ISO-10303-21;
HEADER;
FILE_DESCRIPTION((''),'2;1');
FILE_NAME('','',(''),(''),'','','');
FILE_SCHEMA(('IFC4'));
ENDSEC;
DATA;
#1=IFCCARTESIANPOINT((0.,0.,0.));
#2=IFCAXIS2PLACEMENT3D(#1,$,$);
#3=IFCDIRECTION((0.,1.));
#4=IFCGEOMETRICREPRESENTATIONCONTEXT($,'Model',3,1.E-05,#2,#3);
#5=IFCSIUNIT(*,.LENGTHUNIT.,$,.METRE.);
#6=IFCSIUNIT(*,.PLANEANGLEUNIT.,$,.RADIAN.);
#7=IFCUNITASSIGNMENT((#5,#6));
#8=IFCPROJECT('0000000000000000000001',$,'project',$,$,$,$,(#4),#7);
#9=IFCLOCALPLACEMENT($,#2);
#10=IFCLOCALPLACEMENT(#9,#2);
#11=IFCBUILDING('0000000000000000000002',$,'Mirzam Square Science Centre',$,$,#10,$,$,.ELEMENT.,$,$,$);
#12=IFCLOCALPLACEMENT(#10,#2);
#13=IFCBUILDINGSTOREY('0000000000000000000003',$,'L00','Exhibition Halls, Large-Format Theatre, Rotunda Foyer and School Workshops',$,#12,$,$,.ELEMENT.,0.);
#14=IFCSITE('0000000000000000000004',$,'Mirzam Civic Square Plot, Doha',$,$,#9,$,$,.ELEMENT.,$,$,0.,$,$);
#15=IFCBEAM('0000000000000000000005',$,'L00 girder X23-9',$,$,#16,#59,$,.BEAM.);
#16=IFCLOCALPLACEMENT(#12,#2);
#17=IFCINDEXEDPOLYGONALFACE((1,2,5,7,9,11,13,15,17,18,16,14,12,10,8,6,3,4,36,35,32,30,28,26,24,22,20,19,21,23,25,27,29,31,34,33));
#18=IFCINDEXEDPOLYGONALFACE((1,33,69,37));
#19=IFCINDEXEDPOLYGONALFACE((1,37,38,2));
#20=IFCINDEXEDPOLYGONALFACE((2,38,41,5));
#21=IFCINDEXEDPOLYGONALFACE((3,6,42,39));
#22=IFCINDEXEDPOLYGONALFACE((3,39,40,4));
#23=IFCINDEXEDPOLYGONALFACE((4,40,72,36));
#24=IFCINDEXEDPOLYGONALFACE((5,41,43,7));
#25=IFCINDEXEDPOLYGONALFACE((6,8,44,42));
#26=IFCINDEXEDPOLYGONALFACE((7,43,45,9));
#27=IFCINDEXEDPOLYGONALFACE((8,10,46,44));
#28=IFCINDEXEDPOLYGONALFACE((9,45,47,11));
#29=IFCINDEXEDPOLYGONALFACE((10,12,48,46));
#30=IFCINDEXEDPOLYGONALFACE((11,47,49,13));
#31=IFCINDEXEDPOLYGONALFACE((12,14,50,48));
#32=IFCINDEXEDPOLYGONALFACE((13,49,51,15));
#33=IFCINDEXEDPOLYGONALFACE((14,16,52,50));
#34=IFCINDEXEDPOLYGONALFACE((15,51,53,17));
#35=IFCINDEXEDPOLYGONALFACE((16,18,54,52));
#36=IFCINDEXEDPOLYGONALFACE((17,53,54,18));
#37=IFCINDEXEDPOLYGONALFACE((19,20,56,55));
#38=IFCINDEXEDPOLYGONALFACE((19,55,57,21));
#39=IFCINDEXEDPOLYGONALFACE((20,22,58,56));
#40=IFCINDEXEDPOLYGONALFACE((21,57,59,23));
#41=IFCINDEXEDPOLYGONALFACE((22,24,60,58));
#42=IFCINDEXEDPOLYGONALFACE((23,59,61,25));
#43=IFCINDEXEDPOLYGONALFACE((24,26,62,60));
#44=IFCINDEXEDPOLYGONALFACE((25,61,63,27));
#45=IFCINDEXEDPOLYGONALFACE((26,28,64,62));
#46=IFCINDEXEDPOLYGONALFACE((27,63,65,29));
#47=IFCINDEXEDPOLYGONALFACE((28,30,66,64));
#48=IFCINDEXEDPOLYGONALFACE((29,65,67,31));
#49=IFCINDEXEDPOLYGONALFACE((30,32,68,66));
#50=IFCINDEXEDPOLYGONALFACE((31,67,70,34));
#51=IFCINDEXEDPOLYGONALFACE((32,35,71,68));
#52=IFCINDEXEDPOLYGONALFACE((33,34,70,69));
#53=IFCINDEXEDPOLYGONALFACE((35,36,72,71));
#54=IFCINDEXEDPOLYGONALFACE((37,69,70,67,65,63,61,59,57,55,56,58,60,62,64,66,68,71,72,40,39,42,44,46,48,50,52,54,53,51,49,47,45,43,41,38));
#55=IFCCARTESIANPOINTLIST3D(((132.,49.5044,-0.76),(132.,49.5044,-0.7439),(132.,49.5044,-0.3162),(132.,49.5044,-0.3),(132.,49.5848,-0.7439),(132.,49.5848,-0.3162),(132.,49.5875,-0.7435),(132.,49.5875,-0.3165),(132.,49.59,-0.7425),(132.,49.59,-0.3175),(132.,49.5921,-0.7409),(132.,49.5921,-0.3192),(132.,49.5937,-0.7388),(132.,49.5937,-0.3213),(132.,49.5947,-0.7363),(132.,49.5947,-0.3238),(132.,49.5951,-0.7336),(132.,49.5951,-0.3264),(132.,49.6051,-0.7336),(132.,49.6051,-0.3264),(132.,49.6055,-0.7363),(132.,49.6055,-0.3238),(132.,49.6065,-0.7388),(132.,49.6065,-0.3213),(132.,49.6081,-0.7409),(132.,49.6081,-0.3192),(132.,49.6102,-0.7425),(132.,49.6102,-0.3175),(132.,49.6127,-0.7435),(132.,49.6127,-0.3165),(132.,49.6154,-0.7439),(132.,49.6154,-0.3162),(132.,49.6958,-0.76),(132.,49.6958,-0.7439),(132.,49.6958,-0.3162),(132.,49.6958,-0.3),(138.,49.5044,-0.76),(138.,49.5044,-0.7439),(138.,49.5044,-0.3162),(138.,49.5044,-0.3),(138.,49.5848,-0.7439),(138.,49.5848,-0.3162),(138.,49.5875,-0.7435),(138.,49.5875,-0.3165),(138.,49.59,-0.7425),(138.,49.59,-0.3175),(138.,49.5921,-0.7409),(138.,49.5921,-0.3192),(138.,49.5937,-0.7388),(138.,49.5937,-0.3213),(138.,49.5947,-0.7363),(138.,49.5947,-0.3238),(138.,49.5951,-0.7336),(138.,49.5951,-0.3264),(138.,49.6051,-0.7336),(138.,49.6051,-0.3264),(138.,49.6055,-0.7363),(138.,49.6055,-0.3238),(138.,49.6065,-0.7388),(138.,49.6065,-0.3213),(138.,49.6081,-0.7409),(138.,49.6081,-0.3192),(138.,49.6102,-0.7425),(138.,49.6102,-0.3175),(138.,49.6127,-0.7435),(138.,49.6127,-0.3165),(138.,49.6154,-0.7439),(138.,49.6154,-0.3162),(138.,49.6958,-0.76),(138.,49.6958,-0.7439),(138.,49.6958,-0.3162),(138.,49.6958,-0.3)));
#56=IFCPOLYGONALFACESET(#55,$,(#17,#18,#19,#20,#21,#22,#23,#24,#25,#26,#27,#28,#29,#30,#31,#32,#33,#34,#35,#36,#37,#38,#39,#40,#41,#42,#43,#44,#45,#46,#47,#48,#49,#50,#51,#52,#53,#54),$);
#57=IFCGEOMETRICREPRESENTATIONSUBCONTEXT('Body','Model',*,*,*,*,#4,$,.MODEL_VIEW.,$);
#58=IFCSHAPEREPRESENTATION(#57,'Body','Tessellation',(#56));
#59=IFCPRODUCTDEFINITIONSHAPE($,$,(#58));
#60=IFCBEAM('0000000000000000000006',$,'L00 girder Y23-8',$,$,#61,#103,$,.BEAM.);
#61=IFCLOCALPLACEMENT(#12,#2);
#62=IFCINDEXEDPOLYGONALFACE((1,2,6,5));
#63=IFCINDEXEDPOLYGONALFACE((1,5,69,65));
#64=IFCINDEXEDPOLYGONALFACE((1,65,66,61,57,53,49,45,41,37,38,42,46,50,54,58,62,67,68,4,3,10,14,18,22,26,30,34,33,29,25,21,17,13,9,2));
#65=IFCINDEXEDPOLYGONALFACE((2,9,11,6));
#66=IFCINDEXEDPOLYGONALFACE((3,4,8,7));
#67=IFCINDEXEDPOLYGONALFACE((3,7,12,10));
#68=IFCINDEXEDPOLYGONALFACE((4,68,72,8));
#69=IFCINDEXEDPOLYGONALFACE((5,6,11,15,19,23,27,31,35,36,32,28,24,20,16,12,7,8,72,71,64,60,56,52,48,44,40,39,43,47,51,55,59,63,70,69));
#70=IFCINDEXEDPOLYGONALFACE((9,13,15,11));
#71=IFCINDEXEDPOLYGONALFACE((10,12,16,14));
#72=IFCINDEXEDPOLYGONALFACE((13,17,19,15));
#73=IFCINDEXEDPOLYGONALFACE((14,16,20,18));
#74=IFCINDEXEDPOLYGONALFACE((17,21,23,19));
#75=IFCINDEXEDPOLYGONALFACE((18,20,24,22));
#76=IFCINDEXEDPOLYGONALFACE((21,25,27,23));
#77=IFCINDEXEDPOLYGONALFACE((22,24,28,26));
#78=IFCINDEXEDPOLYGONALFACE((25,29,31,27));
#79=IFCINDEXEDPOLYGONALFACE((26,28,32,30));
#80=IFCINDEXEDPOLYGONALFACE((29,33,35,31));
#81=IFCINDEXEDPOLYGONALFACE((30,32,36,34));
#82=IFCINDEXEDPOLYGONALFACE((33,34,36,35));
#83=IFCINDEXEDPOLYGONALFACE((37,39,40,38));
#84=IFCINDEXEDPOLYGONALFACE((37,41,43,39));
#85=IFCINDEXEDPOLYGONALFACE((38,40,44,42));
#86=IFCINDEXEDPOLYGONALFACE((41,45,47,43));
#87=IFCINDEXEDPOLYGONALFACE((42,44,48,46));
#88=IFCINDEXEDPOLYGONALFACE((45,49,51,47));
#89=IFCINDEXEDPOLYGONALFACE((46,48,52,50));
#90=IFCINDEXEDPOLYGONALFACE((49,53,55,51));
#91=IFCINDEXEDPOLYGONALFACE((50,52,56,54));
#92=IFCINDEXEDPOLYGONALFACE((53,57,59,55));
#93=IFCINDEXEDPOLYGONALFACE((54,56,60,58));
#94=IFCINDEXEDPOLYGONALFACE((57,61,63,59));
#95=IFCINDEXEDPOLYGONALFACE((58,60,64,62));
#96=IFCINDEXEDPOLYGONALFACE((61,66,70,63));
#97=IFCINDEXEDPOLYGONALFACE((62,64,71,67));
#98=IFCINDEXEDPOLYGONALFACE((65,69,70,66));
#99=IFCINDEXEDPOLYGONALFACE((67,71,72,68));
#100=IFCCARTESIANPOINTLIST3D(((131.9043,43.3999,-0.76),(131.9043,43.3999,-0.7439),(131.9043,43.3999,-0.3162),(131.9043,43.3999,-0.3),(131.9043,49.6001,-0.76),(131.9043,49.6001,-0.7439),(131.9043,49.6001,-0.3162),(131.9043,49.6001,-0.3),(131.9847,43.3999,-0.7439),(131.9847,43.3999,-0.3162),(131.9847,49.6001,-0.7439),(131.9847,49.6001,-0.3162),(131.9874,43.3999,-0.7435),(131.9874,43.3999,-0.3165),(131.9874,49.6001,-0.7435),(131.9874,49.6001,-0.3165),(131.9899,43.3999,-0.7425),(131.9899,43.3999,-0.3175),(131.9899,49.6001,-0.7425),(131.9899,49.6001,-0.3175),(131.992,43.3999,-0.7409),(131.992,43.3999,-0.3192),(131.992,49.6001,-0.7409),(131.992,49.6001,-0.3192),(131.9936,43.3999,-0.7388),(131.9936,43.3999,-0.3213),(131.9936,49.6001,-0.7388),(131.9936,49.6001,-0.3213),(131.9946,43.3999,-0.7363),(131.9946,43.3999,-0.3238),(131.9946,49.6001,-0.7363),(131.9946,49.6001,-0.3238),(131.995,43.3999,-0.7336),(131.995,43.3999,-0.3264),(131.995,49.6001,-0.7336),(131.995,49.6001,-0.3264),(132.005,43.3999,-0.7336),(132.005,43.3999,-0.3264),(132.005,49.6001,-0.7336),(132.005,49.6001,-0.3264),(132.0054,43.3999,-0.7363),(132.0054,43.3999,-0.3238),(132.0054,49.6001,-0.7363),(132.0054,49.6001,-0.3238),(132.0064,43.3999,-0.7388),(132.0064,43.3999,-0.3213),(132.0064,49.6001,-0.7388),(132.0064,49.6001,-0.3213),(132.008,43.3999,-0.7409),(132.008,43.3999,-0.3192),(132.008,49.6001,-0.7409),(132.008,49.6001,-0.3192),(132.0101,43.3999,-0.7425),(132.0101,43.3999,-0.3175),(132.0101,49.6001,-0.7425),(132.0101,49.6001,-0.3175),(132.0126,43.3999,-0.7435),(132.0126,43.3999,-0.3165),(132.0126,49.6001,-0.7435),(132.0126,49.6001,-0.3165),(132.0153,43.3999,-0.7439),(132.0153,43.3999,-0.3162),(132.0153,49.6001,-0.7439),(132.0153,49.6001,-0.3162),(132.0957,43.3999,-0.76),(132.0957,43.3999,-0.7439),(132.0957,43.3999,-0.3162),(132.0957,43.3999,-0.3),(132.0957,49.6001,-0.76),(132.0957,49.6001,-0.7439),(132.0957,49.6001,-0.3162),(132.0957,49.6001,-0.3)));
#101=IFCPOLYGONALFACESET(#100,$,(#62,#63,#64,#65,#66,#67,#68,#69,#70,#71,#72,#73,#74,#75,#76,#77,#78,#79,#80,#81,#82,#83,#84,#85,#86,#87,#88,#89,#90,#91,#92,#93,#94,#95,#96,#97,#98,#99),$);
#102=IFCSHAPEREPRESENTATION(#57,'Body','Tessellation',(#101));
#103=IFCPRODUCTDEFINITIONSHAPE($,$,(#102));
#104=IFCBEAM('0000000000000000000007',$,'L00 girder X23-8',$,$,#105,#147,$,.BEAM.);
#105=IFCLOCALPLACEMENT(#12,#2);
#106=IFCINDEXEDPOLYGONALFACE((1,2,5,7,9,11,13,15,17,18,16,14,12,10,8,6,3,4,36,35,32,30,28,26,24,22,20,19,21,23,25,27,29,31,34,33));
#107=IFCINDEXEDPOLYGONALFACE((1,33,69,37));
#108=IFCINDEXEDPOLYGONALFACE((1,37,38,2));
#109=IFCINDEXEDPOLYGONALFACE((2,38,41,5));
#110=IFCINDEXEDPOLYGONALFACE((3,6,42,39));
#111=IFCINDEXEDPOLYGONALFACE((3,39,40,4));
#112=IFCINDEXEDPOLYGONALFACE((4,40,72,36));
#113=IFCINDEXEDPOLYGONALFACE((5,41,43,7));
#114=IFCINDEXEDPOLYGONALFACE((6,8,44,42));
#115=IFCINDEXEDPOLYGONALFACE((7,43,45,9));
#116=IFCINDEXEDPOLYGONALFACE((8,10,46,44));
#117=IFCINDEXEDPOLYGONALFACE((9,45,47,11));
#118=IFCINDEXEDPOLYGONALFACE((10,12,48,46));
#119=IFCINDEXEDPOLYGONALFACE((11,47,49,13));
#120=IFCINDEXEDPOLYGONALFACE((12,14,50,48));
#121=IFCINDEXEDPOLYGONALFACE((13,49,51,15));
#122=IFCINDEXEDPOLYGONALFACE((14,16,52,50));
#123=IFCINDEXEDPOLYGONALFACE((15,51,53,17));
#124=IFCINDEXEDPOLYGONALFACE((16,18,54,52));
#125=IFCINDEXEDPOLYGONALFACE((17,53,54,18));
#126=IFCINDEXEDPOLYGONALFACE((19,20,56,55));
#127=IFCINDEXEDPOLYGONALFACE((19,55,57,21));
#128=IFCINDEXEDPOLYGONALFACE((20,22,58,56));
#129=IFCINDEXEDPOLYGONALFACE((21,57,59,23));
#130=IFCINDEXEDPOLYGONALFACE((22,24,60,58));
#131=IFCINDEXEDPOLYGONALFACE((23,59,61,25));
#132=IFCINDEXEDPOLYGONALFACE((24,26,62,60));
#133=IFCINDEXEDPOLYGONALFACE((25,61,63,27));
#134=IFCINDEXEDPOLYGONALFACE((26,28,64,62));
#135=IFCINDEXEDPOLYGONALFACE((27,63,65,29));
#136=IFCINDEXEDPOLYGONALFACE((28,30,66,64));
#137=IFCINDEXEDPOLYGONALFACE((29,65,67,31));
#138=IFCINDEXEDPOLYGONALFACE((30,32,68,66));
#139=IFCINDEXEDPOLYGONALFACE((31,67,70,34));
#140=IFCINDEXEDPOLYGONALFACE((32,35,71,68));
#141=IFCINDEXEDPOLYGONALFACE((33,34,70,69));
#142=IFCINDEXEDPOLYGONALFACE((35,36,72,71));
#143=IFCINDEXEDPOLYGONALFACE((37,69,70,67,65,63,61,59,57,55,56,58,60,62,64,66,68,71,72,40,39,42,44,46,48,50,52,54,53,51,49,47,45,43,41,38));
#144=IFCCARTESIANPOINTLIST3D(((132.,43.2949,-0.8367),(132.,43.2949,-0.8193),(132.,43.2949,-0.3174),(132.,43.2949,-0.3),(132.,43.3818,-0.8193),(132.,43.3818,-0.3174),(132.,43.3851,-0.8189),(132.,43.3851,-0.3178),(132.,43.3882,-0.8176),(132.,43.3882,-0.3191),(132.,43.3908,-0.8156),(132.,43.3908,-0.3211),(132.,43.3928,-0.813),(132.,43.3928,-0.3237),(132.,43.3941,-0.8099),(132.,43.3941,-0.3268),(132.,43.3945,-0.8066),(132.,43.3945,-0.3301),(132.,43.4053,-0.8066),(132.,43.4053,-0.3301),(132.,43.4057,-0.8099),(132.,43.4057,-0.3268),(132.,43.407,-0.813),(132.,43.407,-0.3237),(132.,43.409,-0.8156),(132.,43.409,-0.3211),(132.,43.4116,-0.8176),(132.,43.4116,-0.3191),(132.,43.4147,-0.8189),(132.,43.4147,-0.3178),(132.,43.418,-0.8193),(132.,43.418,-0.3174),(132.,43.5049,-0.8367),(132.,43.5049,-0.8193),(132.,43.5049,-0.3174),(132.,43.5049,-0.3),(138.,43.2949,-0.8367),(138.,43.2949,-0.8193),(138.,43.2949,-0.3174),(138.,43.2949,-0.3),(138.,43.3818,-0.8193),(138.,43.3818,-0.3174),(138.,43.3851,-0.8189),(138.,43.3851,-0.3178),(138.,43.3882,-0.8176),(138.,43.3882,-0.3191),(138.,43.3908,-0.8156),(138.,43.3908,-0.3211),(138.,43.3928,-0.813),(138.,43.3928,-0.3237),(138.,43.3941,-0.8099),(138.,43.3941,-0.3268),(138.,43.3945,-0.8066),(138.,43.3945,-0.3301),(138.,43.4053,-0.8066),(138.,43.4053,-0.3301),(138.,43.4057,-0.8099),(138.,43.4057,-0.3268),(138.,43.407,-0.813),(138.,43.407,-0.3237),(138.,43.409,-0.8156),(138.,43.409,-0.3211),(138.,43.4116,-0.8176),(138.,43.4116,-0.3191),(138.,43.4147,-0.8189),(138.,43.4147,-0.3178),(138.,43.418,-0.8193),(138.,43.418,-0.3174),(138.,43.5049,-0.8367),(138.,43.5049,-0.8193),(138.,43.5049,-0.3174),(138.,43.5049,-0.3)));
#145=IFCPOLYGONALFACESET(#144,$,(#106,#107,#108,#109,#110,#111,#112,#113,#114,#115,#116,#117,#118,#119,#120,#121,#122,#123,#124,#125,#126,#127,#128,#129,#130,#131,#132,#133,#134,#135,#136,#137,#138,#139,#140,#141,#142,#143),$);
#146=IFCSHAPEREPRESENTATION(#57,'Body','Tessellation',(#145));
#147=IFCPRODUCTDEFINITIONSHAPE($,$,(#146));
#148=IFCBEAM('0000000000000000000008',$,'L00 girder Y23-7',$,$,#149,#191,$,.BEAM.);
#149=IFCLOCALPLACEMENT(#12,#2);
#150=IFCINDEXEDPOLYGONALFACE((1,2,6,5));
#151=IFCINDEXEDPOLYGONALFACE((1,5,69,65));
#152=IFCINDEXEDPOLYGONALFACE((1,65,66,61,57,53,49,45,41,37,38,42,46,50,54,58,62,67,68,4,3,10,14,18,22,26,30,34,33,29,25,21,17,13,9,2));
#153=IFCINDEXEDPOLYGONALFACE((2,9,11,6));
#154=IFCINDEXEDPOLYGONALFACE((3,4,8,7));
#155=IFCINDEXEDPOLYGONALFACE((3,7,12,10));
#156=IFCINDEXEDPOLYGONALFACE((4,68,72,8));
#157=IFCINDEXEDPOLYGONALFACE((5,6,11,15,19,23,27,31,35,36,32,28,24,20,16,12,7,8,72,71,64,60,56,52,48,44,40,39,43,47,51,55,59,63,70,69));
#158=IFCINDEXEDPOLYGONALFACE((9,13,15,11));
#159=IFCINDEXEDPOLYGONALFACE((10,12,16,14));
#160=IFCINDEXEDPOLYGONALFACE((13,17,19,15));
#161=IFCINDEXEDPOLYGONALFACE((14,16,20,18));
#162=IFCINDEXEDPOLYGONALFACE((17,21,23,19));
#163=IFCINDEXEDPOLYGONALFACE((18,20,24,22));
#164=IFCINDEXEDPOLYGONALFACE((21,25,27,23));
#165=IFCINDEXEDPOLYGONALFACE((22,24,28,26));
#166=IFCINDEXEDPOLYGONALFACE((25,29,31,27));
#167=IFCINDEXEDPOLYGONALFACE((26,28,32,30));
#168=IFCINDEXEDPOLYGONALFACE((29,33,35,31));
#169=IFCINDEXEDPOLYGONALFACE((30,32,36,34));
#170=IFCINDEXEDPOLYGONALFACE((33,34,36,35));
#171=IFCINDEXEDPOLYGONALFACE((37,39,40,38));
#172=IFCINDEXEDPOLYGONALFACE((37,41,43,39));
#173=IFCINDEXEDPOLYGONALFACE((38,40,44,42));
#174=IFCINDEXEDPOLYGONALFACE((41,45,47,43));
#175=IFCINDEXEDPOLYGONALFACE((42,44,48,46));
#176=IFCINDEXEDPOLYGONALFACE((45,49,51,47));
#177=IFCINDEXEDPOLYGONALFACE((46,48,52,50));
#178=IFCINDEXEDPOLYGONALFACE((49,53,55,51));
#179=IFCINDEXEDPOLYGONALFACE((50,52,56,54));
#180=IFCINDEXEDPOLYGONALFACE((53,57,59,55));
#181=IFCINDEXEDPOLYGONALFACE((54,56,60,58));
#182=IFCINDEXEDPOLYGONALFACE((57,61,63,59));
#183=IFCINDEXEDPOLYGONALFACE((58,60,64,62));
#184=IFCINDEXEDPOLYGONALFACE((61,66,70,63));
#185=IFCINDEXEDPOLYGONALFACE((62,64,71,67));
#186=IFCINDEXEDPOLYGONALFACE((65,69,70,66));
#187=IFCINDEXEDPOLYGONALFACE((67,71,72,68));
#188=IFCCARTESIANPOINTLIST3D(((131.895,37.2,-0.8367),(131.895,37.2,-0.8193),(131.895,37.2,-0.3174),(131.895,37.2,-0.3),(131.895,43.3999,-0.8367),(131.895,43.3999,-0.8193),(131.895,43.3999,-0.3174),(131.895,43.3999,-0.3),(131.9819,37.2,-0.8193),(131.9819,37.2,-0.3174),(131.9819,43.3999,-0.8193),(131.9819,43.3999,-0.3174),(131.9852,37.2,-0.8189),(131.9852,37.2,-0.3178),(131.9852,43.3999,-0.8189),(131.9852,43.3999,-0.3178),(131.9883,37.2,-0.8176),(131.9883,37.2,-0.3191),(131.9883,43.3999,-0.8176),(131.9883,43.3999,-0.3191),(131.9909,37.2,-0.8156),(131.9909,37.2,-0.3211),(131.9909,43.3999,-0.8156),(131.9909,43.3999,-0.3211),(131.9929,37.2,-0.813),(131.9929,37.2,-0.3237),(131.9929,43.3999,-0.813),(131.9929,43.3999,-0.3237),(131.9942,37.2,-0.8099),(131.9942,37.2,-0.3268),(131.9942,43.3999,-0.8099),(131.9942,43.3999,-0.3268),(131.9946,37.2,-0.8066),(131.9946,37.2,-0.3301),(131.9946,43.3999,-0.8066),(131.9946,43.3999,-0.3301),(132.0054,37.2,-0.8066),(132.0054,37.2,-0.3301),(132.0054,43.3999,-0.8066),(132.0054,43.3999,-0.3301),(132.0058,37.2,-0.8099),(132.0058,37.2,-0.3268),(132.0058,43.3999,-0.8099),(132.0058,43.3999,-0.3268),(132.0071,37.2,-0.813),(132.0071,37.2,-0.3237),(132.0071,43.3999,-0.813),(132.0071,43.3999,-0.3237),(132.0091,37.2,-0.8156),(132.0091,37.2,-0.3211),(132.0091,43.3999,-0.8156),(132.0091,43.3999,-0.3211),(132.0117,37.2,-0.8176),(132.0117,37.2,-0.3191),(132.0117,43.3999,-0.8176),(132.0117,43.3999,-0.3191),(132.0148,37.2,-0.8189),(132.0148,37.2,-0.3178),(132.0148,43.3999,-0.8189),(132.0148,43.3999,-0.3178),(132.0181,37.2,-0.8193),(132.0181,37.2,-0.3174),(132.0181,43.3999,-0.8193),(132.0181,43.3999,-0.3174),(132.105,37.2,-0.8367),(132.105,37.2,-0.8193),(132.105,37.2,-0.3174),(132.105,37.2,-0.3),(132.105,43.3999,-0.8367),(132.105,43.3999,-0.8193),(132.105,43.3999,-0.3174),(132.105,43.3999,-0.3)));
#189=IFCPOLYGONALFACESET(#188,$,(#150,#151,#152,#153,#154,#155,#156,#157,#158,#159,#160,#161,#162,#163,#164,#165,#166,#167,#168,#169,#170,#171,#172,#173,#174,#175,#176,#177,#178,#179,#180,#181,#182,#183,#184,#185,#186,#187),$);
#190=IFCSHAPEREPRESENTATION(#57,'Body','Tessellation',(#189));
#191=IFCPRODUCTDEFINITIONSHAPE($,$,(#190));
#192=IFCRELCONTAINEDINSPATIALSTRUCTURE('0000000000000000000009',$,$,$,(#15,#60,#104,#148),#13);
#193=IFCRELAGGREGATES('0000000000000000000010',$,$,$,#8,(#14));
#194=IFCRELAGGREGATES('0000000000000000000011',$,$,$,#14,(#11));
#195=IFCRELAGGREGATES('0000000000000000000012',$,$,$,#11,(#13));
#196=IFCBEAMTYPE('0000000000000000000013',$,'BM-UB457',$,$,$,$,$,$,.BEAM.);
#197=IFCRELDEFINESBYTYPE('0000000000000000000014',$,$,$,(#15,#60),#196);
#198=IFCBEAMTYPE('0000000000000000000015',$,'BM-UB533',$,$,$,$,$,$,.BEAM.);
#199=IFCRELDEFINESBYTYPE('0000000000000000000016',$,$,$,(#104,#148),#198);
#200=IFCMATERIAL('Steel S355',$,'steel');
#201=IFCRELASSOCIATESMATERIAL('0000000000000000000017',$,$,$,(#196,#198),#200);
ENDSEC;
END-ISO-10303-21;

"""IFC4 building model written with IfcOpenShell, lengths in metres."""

from ifc_helpers import new_model, si_unit, direction, frame, origin, origin_2d, place, context, subcontext, project, spatial, i_section, extrude, material, material_profile, profile_set, type_object, element, save


model = new_model("IFC4")

# Units and contexts
model_context = context("Model", 3, precision=1e-05, world=origin(), true_north=direction((0.0, 1.0)))
body_context = subcontext(model_context, "Body", "Model", "MODEL_VIEW")
ifc_project = project(units=[si_unit("LENGTHUNIT", "METRE"), si_unit("PLANEANGLEUNIT", "RADIAN")], contexts=[model_context])

# Site, building, storey
site_placement = place(None, origin())
site = spatial("IfcSite", under=ifc_project, at=site_placement, Name="Mirzam Civic Square Plot, Doha", CompositionType="ELEMENT", RefElevation=0.0)
building_placement = place(site_placement, origin())
building = spatial("IfcBuilding", under=site, at=building_placement, Name="Mirzam Square Science Centre", CompositionType="ELEMENT")
storey_placement = place(building_placement, origin())
storey = spatial("IfcBuildingStorey", under=building, at=storey_placement, Name="L00", Description="Exhibition Halls, Large-Format Theatre, Rotunda Foyer and School Workshops", CompositionType="ELEMENT", Elevation=0.0)

# Shared definitions
ifc_material_1 = material(Name="Steel S355", Category="steel")

# Beams
ifc_material_profile_1 = material_profile(ifc_material_1, i_section(OverallWidth=0.1914, OverallDepth=0.46, WebThickness=0.01, FlangeThickness=0.0161, FilletRadius=0.0103, at=origin_2d()), Name="457x191x82UB")
ifc_profile_set_1 = profile_set([ifc_material_profile_1], Name="Steel S355")
beam_type_1 = type_object("IfcBeamType", Name="BM-UB457", PredefinedType="BEAM", material=ifc_profile_set_1)
beam_1_placement = place(storey_placement, frame((132.0, 49.6001, -0.53), z_axis=(1.0, 0.0, 0.0), x_axis=(0.0, 1.0, 0.0)))
element("IfcBeam", 1, at=beam_1_placement, inside=storey, type_object=beam_type_1, Name="L00 girder X23-9", PredefinedType="BEAM", context=body_context, shape_type="SweptSolid", body=[
    extrude(i_section(OverallWidth=0.1914, OverallDepth=0.46, WebThickness=0.01, FlangeThickness=0.0161, FilletRadius=0.0103, at=origin_2d()), origin(), (0.0, 0.0, 1.0), 6.0),
])
beam_2_placement = place(storey_placement, frame((132.0, 43.3999, -0.53), z_axis=(0.0, 1.0, 0.0), x_axis=(-1.0, 0.0, 0.0)))
element("IfcBeam", 2, at=beam_2_placement, inside=storey, type_object=beam_type_1, Name="L00 girder Y23-8", PredefinedType="BEAM", context=body_context, shape_type="SweptSolid", body=[
    extrude(i_section(OverallWidth=0.1914, OverallDepth=0.46, WebThickness=0.01, FlangeThickness=0.0161, FilletRadius=0.0103, at=origin_2d()), origin(), (0.0, 0.0, 1.0), 6.2002),
])
ifc_material_profile_2 = material_profile(ifc_material_1, i_section(OverallWidth=0.21, OverallDepth=0.5366, WebThickness=0.0107, FlangeThickness=0.0173, FilletRadius=0.0127, at=origin_2d()), Name="533x210x101UB")
ifc_profile_set_2 = profile_set([ifc_material_profile_2], Name="Steel S355")
beam_type_2 = type_object("IfcBeamType", Name="BM-UB533", PredefinedType="BEAM", material=ifc_profile_set_2)
beam_3_placement = place(storey_placement, frame((132.0, 43.3999, -0.5684), z_axis=(1.0, 0.0, 0.0), x_axis=(0.0, 1.0, 0.0)))
element("IfcBeam", 3, at=beam_3_placement, inside=storey, type_object=beam_type_2, Name="L00 girder X23-8", PredefinedType="BEAM", context=body_context, shape_type="SweptSolid", body=[
    extrude(i_section(OverallWidth=0.21, OverallDepth=0.5366, WebThickness=0.0107, FlangeThickness=0.0173, FilletRadius=0.0127, at=origin_2d()), origin(), (0.0, 0.0, 1.0), 6.0),
])
beam_4_placement = place(storey_placement, frame((132.0, 37.2, -0.5684), z_axis=(0.0, 1.0, 0.0), x_axis=(-1.0, 0.0, 0.0)))
element("IfcBeam", 4, at=beam_4_placement, inside=storey, type_object=beam_type_2, Name="L00 girder Y23-7", PredefinedType="BEAM", context=body_context, shape_type="SweptSolid", body=[
    extrude(i_section(OverallWidth=0.21, OverallDepth=0.5366, WebThickness=0.0107, FlangeThickness=0.0173, FilletRadius=0.0127, at=origin_2d()), origin(), (0.0, 0.0, 1.0), 6.2),
])

save(model, "model.ifc")
